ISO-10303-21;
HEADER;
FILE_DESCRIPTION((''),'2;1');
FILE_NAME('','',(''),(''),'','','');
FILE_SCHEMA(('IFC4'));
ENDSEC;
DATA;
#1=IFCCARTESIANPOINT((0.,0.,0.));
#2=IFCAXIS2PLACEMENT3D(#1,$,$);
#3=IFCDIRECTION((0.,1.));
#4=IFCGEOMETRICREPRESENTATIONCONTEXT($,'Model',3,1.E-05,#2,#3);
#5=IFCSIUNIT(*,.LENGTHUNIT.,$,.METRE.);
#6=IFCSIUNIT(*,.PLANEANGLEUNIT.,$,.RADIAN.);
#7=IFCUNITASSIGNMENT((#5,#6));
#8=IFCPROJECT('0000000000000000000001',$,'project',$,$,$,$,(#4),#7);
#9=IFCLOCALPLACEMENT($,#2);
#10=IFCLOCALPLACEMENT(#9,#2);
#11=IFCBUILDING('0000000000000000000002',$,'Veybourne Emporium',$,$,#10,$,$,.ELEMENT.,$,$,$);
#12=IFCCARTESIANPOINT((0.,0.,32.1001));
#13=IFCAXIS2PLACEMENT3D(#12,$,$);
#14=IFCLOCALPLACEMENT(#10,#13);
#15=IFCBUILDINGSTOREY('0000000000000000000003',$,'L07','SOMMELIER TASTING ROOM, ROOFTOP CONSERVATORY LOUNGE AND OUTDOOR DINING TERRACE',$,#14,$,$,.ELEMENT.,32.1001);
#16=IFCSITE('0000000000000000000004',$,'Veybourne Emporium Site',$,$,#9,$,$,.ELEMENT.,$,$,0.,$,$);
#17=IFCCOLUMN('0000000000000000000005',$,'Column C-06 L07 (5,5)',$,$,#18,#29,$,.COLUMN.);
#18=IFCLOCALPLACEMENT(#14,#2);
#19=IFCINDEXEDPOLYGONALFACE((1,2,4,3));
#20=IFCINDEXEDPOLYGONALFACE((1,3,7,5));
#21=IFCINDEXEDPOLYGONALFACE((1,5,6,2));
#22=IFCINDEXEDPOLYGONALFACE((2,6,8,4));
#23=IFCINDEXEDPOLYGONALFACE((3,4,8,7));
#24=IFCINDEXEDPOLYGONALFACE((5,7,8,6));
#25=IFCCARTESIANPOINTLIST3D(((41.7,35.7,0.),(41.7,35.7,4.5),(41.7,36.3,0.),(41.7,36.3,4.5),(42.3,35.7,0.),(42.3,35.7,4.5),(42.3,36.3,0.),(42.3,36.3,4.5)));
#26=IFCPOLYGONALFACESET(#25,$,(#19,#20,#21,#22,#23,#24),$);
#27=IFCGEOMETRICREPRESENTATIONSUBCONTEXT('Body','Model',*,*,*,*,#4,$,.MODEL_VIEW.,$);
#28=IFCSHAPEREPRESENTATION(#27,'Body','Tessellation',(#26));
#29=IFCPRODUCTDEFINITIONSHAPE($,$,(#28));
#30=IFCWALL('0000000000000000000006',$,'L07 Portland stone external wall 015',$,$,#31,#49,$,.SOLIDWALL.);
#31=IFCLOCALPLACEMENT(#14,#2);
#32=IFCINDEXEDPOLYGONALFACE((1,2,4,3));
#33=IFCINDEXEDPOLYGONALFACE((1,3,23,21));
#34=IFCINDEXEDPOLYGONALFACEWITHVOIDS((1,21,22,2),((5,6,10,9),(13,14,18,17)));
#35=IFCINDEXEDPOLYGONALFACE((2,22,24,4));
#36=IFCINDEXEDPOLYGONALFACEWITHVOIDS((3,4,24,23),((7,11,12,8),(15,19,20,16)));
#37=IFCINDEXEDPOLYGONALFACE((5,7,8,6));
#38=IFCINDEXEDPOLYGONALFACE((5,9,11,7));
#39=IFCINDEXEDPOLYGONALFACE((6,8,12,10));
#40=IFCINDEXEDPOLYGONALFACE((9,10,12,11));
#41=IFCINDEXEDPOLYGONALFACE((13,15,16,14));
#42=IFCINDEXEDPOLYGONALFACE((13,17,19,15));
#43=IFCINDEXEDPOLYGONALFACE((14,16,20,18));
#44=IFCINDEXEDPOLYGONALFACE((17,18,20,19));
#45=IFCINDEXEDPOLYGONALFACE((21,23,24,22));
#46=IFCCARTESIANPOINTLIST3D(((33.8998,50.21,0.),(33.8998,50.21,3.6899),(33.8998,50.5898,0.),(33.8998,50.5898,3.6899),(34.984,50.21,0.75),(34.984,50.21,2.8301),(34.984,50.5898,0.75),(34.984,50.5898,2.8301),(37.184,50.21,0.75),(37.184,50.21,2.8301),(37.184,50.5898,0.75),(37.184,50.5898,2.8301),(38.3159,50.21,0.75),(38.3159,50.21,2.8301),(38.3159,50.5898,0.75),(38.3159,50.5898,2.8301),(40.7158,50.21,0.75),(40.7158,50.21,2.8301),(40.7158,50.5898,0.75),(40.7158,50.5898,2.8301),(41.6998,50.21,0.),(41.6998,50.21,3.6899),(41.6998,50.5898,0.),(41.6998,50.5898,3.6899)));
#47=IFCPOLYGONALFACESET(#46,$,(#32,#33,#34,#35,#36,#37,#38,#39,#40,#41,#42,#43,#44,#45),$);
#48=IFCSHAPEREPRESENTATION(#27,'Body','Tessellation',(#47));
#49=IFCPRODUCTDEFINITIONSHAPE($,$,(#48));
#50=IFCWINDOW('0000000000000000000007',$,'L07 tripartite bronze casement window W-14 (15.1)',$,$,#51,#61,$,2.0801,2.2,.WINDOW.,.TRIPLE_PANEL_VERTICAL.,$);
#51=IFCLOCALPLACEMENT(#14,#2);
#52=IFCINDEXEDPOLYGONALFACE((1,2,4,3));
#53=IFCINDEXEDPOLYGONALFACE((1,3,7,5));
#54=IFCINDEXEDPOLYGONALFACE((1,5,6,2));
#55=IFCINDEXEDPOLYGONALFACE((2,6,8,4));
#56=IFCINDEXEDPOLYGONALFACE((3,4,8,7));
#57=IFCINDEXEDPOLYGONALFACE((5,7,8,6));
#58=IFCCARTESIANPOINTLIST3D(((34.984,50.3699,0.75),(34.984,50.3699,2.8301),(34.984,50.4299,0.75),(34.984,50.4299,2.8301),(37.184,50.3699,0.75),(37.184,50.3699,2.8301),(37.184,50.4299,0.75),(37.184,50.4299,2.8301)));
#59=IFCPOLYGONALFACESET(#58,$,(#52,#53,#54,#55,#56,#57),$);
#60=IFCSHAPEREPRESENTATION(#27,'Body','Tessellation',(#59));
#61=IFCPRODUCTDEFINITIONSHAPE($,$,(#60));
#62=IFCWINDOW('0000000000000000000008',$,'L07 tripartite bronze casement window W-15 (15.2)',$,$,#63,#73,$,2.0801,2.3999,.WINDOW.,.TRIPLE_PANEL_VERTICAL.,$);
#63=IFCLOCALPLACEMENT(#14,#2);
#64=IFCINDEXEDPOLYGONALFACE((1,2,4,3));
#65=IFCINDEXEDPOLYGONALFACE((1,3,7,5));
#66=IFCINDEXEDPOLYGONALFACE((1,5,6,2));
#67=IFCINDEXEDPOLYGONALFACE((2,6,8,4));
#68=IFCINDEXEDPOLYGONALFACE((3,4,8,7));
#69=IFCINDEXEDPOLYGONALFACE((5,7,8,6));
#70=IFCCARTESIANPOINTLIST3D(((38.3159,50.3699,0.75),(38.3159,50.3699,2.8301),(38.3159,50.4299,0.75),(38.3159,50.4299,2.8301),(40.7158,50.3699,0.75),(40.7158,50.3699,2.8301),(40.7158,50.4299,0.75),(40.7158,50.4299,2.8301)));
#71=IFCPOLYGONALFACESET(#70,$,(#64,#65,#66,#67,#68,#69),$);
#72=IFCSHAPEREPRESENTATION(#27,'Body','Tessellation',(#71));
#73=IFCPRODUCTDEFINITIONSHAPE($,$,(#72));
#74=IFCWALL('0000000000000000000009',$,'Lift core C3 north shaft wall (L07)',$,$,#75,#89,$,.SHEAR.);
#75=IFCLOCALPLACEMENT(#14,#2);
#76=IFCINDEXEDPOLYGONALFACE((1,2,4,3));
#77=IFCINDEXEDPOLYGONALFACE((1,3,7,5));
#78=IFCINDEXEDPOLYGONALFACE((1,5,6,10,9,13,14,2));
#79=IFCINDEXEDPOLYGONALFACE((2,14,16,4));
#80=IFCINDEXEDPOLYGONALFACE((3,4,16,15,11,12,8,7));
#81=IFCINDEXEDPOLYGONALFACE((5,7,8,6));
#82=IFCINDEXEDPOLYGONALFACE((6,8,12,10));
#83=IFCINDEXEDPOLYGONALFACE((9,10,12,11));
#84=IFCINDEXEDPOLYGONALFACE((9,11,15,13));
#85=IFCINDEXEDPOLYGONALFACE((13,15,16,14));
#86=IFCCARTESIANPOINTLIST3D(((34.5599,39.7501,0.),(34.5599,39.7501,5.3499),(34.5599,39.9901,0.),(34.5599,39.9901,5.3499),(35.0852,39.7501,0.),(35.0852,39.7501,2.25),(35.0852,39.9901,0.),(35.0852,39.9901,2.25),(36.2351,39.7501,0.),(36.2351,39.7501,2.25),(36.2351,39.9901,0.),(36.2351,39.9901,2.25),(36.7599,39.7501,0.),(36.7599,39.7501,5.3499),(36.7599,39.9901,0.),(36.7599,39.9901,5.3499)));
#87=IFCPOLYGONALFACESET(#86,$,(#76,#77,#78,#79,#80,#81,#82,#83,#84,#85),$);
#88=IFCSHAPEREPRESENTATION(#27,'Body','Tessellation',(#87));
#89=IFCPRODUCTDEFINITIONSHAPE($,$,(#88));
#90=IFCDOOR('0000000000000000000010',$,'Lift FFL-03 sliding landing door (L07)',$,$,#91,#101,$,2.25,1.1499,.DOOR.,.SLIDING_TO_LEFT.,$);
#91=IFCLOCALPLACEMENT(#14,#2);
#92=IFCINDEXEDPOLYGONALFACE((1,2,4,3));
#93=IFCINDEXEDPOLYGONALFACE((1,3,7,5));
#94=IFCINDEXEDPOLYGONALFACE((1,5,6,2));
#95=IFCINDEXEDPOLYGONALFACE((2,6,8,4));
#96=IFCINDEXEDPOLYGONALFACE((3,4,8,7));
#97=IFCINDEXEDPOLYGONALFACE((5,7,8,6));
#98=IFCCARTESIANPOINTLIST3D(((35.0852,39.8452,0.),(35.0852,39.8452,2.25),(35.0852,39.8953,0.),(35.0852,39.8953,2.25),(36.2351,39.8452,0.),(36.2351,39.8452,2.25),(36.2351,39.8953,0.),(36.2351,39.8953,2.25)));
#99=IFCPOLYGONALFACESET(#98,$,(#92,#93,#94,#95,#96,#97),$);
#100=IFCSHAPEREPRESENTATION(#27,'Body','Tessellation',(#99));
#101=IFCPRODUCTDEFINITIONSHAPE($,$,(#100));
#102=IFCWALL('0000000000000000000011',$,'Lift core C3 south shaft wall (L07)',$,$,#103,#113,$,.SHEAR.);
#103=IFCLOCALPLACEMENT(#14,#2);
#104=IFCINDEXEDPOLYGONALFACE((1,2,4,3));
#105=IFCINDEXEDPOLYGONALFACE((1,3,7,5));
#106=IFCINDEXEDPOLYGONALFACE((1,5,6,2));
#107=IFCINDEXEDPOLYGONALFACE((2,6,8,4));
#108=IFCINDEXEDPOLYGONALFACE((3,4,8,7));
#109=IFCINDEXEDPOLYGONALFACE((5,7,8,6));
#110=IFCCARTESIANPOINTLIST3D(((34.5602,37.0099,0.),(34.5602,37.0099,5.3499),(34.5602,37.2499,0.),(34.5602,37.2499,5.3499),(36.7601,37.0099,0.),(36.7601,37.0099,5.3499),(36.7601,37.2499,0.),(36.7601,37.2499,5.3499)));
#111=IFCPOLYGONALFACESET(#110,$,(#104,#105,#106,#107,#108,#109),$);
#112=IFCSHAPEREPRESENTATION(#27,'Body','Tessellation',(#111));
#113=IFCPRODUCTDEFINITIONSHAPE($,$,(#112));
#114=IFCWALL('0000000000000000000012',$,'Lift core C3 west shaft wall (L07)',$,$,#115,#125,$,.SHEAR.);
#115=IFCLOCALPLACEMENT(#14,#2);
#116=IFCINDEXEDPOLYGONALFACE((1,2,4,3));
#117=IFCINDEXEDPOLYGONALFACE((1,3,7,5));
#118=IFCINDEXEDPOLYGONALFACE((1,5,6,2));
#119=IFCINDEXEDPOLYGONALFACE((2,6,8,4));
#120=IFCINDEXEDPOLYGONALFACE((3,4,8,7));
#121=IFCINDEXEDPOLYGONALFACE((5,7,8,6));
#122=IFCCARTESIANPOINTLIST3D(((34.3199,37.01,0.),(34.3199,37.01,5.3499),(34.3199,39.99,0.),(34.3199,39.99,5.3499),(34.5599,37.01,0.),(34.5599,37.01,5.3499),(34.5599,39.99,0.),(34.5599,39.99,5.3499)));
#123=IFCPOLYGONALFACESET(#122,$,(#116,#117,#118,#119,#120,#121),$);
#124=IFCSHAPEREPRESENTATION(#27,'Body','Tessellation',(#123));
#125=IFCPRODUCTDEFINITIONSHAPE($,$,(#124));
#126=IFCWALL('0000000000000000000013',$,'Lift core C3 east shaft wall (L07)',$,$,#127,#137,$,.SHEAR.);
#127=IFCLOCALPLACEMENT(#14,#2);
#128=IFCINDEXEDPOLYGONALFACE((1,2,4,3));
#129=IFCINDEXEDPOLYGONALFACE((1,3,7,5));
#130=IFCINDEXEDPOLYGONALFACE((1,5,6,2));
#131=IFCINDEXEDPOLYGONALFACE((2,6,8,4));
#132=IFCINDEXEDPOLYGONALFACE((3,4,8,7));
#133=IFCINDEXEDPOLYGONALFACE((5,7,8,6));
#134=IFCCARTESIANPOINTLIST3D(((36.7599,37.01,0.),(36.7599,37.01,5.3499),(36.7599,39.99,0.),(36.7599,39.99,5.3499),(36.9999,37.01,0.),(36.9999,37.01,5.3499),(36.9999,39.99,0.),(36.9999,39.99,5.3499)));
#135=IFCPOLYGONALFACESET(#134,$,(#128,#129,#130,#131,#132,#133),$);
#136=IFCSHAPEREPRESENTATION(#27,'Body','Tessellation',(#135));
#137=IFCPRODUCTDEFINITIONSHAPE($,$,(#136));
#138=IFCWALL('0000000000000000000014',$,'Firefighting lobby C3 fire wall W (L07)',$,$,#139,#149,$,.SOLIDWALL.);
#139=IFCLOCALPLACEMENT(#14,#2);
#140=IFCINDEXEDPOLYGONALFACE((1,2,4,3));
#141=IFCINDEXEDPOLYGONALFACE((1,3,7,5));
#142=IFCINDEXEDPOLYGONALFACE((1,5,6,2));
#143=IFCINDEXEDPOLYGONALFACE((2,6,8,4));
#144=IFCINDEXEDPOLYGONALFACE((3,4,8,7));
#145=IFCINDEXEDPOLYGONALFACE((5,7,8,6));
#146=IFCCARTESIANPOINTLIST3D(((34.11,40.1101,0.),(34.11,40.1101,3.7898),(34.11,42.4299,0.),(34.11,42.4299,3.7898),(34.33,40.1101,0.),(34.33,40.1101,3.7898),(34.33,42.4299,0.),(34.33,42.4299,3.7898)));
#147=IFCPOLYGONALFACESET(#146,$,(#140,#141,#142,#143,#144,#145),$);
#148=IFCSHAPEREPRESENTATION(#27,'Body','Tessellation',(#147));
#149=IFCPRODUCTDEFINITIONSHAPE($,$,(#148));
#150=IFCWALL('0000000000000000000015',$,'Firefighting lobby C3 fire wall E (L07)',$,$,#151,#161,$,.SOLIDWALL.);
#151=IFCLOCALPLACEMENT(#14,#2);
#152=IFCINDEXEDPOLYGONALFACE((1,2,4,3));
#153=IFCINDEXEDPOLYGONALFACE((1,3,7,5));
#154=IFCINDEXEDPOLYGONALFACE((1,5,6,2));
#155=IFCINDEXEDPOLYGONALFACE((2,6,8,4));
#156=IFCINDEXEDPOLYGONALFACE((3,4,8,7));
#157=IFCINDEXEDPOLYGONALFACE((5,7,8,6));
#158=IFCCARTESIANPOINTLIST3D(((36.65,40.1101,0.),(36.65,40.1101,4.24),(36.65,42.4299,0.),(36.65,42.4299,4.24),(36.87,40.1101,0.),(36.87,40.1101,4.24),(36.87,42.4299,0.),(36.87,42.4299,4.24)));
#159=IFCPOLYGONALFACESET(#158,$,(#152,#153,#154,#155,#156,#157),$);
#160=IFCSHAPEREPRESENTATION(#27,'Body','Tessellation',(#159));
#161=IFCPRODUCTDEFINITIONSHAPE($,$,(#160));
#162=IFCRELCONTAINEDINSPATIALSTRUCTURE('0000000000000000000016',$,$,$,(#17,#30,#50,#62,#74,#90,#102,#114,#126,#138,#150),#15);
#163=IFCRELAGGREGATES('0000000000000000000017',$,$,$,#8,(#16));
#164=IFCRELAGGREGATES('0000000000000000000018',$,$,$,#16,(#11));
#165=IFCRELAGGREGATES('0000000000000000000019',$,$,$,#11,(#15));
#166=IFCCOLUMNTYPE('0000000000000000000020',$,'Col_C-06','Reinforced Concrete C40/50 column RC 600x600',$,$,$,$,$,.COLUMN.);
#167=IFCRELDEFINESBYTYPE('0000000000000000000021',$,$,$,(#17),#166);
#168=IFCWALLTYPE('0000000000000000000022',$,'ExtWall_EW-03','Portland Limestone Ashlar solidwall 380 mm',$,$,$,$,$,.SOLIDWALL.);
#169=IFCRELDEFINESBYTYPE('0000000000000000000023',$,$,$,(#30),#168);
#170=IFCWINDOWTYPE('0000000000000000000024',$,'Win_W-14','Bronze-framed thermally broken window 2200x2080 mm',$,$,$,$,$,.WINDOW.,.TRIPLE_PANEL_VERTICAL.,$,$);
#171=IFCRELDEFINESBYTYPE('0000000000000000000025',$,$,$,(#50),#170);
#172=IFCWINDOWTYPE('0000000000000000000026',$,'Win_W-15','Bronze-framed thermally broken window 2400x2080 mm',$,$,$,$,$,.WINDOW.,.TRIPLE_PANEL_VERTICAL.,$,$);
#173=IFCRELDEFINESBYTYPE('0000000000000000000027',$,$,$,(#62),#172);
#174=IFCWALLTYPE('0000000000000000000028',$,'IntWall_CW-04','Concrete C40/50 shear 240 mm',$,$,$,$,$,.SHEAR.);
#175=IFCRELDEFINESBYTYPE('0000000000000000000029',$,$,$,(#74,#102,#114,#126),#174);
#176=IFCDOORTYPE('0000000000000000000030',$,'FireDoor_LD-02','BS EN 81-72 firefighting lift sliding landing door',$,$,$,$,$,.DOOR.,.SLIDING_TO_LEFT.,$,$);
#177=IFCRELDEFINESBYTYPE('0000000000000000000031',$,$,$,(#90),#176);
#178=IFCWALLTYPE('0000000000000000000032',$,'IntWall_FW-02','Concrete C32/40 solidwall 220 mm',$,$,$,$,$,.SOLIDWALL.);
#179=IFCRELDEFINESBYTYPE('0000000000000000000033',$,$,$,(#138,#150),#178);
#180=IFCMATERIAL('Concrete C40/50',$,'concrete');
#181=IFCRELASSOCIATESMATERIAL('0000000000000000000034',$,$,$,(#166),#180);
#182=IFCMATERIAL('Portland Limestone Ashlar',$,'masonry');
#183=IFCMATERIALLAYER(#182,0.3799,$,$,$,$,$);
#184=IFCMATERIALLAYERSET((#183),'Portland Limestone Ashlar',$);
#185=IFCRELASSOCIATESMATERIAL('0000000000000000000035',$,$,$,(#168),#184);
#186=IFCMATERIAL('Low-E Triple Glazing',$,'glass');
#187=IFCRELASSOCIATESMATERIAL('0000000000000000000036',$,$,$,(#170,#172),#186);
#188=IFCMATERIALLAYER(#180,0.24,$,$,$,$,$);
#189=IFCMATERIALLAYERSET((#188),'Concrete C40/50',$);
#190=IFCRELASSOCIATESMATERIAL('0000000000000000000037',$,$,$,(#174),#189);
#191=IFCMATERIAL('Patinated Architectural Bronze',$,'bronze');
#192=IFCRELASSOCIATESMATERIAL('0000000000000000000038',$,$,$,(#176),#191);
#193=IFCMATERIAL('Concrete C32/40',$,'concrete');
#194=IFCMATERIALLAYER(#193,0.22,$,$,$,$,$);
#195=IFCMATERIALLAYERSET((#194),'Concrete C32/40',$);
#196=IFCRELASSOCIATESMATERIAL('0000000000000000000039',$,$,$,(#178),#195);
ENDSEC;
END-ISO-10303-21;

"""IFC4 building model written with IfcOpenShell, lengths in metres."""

from ifc_helpers import new_model, si_unit, direction, frame, frame_2d, origin, origin_2d, place, context, subcontext, project, spatial, rectangle, extrude, material, layer, layer_set, material_profile, profile_set, type_object, element, fill, save


model = new_model("IFC4")

# Units and contexts
model_context = context("Model", 3, precision=1e-05, world=origin(), true_north=direction((0.0, 1.0)))
body_context = subcontext(model_context, "Body", "Model", "MODEL_VIEW")
ifc_project = project(units=[si_unit("LENGTHUNIT", "METRE"), si_unit("PLANEANGLEUNIT", "RADIAN")], contexts=[model_context])

# Site, building, storey
site_placement = place(None, origin())
site = spatial("IfcSite", under=ifc_project, at=site_placement, Name="Veybourne Emporium Site", CompositionType="ELEMENT", RefElevation=0.0)
building_placement = place(site_placement, origin())
building = spatial("IfcBuilding", under=site, at=building_placement, Name="Veybourne Emporium", CompositionType="ELEMENT")
storey_placement = place(building_placement, frame((0.0, 0.0, 32.1001)))
storey = spatial("IfcBuildingStorey", under=building, at=storey_placement, Name="L07", Description="SOMMELIER TASTING ROOM, ROOFTOP CONSERVATORY LOUNGE AND OUTDOOR DINING TERRACE", CompositionType="ELEMENT", Elevation=32.1001)

# Column
ifc_material_1 = material(Name="Concrete C40/50", Category="concrete")
ifc_material_profile = material_profile(ifc_material_1, rectangle(XDim=0.6001, YDim=0.6001, at=origin_2d()), Name="RC 600x600")
ifc_profile_set = profile_set([ifc_material_profile], Name="Concrete C40/50")
column_type = type_object("IfcColumnType", Name="Col_C-06", Description="Reinforced Concrete C40/50 column RC 600x600", PredefinedType="COLUMN", material=ifc_profile_set)
column_placement = place(storey_placement, frame((42.0, 36.0, 0.0), z_axis=(0.0, 0.0, 1.0), x_axis=(1.0, 0.0, 0.0)))
element("IfcColumn", 1, at=column_placement, inside=storey, type_object=column_type, Name="Column C-06 L07 (5,5)", PredefinedType="COLUMN", context=body_context, shape_type="SweptSolid", body=[
    extrude(rectangle(XDim=0.6001, YDim=0.6001, at=origin_2d()), origin(), (0.0, 0.0, 1.0), 4.5),
])

# Wall, openings, windows
ifc_material_2 = material(Name="Portland Limestone Ashlar", Category="masonry")
ifc_layer_1 = layer(ifc_material_2, 0.3799)
ifc_layer_set_1 = layer_set([ifc_layer_1], Name="Portland Limestone Ashlar")
wall_type_1 = type_object("IfcWallType", Name="ExtWall_EW-03", Description="Portland Limestone Ashlar solidwall 380 mm", PredefinedType="SOLIDWALL", material=ifc_layer_set_1)
wall_1_placement = place(storey_placement, frame((33.8999, 50.3999, 0.0), z_axis=(0.0, 0.0, 1.0), x_axis=(1.0, 0.0, 0.0)))
wall_1 = element("IfcWall", 2, at=wall_1_placement, inside=storey, type_object=wall_type_1, Name="L07 Portland stone external wall 015", PredefinedType="SOLIDWALL", context=body_context, shape_type="SweptSolid", body=[
    extrude(rectangle(XDim=7.8, YDim=0.3799, at=frame_2d((3.8999, 0.0))), origin(), (0.0, 0.0, 1.0), 3.6899),
])
opening_1_placement = place(wall_1_placement, frame((1.084, 0.0, 0.75)))
opening_1 = element("IfcOpeningElement", 3, at=opening_1_placement, cuts=wall_1, PredefinedType="OPENING", context=body_context, shape_type="SweptSolid", body=[
    extrude(rectangle(XDim=2.2, YDim=2.0801, at=frame_2d((1.1001, 1.04))), frame((0.0, 0.21, 0.0), z_axis=(0.0, -1.0, 0.0), x_axis=(1.0, 0.0, 0.0)), (0.0, 0.0, 1.0), 0.4199),
])
opening_2_placement = place(wall_1_placement, frame((4.416, 0.0, 0.75)))
opening_2 = element("IfcOpeningElement", 4, at=opening_2_placement, cuts=wall_1, PredefinedType="OPENING", context=body_context, shape_type="SweptSolid", body=[
    extrude(rectangle(XDim=2.3999, YDim=2.0801, at=frame_2d((1.2, 1.04))), frame((0.0, 0.21, 0.0), z_axis=(0.0, -1.0, 0.0), x_axis=(1.0, 0.0, 0.0)), (0.0, 0.0, 1.0), 0.4199),
])
ifc_material_3 = material(Name="Low-E Triple Glazing", Category="glass")
window_type_1 = type_object("IfcWindowType", Name="Win_W-14", Description="Bronze-framed thermally broken window 2200x2080 mm", PartitioningType="TRIPLE_PANEL_VERTICAL", PredefinedType="WINDOW", material=ifc_material_3)
window_1_placement = place(opening_1_placement, origin())
window_1 = element("IfcWindow", 5, at=window_1_placement, inside=storey, type_object=window_type_1, Name="L07 tripartite bronze casement window W-14 (15.1)", OverallHeight=2.0801, OverallWidth=2.2, PartitioningType="TRIPLE_PANEL_VERTICAL", PredefinedType="WINDOW", context=body_context, shape_type="SweptSolid", body=[
    extrude(rectangle(XDim=2.2, YDim=2.0801, at=frame_2d((1.1001, 1.04))), frame((0.0, 0.03, 0.0), z_axis=(0.0, -1.0, 0.0), x_axis=(1.0, 0.0, 0.0)), (0.0, 0.0, 1.0), 0.0601),
])
fill(opening_1, window_1)
window_type_2 = type_object("IfcWindowType", Name="Win_W-15", Description="Bronze-framed thermally broken window 2400x2080 mm", PartitioningType="TRIPLE_PANEL_VERTICAL", PredefinedType="WINDOW", material=ifc_material_3)
window_2_placement = place(opening_2_placement, origin())
window_2 = element("IfcWindow", 6, at=window_2_placement, inside=storey, type_object=window_type_2, Name="L07 tripartite bronze casement window W-15 (15.2)", OverallHeight=2.0801, OverallWidth=2.3999, PartitioningType="TRIPLE_PANEL_VERTICAL", PredefinedType="WINDOW", context=body_context, shape_type="SweptSolid", body=[
    extrude(rectangle(XDim=2.3999, YDim=2.0801, at=frame_2d((1.2, 1.04))), frame((0.0, 0.03, 0.0), z_axis=(0.0, -1.0, 0.0), x_axis=(1.0, 0.0, 0.0)), (0.0, 0.0, 1.0), 0.0601),
])
fill(opening_2, window_2)

# Wall, opening, door
ifc_layer_2 = layer(ifc_material_1, 0.24)
ifc_layer_set_2 = layer_set([ifc_layer_2], Name="Concrete C40/50")
wall_type_2 = type_object("IfcWallType", Name="IntWall_CW-04", Description="Concrete C40/50 shear 240 mm", PredefinedType="SHEAR", material=ifc_layer_set_2)
wall_2_placement = place(storey_placement, frame((36.76, 39.8701, 0.0), z_axis=(0.0, 0.0, 1.0), x_axis=(-1.0, 0.0, 0.0)))
wall_2 = element("IfcWall", 7, at=wall_2_placement, inside=storey, type_object=wall_type_2, Name="Lift core C3 north shaft wall (L07)", PredefinedType="SHEAR", context=body_context, shape_type="SweptSolid", body=[
    extrude(rectangle(XDim=2.2, YDim=0.24, at=frame_2d((1.1001, 0.0))), origin(), (0.0, 0.0, 1.0), 5.3499),
])
opening_3_placement = place(wall_2_placement, frame((0.5249, 0.0, 0.0)))
opening_3 = element("IfcOpeningElement", 8, at=opening_3_placement, cuts=wall_2, PredefinedType="OPENING", context=body_context, shape_type="SweptSolid", body=[
    extrude(rectangle(XDim=1.1499, YDim=2.25, at=frame_2d((0.575, 1.125))), frame((0.0, 0.1401, 0.0), z_axis=(0.0, -1.0, 0.0), x_axis=(1.0, 0.0, 0.0)), (0.0, 0.0, 1.0), 0.28),
])
ifc_material_4 = material(Name="Patinated Architectural Bronze", Category="bronze")
door_type_1 = type_object("IfcDoorType", Name="FireDoor_LD-02", Description="BS EN 81-72 firefighting lift sliding landing door", OperationType="SLIDING_TO_LEFT", PredefinedType="DOOR", material=ifc_material_4)
door_1_placement = place(opening_3_placement, origin())
door_1 = element("IfcDoor", 9, at=door_1_placement, inside=storey, type_object=door_type_1, Name="Lift FFL-03 sliding landing door (L07)", OperationType="SLIDING_TO_LEFT", OverallHeight=2.25, OverallWidth=1.1499, PredefinedType="DOOR", context=body_context, shape_type="SweptSolid", body=[
    extrude(rectangle(XDim=1.1499, YDim=2.25, at=frame_2d((0.575, 1.125))), frame((0.0, 0.0249, 0.0), z_axis=(0.0, -1.0, 0.0), x_axis=(1.0, 0.0, 0.0)), (0.0, 0.0, 1.0), 0.05),
])
fill(opening_3, door_1)

# Walls
wall_3_placement = place(storey_placement, frame((34.5601, 37.1299, 0.0), z_axis=(0.0, 0.0, 1.0), x_axis=(1.0, 0.0, 0.0)))
element("IfcWall", 10, at=wall_3_placement, inside=storey, type_object=wall_type_2, Name="Lift core C3 south shaft wall (L07)", PredefinedType="SHEAR", context=body_context, shape_type="SweptSolid", body=[
    extrude(rectangle(XDim=2.2, YDim=0.24, at=frame_2d((1.1001, 0.0))), origin(), (0.0, 0.0, 1.0), 5.3499),
])
for number, where, z_axis, x_axis, name in (
    (11, (34.4399, 39.99, 0.0), (0.0, 0.0, 1.0), (0.0, -1.0, 0.0), "Lift core C3 west shaft wall (L07)"),
    (12, (36.8799, 37.01, 0.0), (0.0, 0.0, 1.0), (0.0, 1.0, 0.0), "Lift core C3 east shaft wall (L07)"),
):
    element("IfcWall", number, at=place(storey_placement, frame(where, z_axis=z_axis, x_axis=x_axis)), inside=storey, type_object=wall_type_2, Name=name, PredefinedType="SHEAR", context=body_context, shape_type="SweptSolid", body=[
        extrude(rectangle(XDim=2.98, YDim=0.24, at=frame_2d((1.49, 0.0))), origin(), (0.0, 0.0, 1.0), 5.3499),
    ])

# Shared definitions
ifc_material_5 = material(Name="Concrete C32/40", Category="concrete")
ifc_layer_3 = layer(ifc_material_5, 0.22)
ifc_layer_set_3 = layer_set([ifc_layer_3], Name="Concrete C32/40")
wall_type_3 = type_object("IfcWallType", Name="IntWall_FW-02", Description="Concrete C32/40 solidwall 220 mm", PredefinedType="SOLIDWALL", material=ifc_layer_set_3)

# Walls
wall_4_placement = place(storey_placement, frame((34.22, 40.1101, 0.0), z_axis=(0.0, 0.0, 1.0), x_axis=(0.0, 1.0, 0.0)))
element("IfcWall", 13, at=wall_4_placement, inside=storey, type_object=wall_type_3, Name="Firefighting lobby C3 fire wall W (L07)", PredefinedType="SOLIDWALL", context=body_context, shape_type="SweptSolid", body=[
    extrude(rectangle(XDim=2.3198, YDim=0.22, at=frame_2d((1.1599, 0.0))), origin(), (0.0, 0.0, 1.0), 3.7898),
])
wall_5_placement = place(storey_placement, frame((36.76, 40.1101, 0.0), z_axis=(0.0, 0.0, 1.0), x_axis=(0.0, 1.0, 0.0)))
element("IfcWall", 14, at=wall_5_placement, inside=storey, type_object=wall_type_3, Name="Firefighting lobby C3 fire wall E (L07)", PredefinedType="SOLIDWALL", context=body_context, shape_type="SweptSolid", body=[
    extrude(rectangle(XDim=2.3198, YDim=0.22, at=frame_2d((1.1599, 0.0))), origin(), (0.0, 0.0, 1.0), 4.24),
])

save(model, "model.ifc")
